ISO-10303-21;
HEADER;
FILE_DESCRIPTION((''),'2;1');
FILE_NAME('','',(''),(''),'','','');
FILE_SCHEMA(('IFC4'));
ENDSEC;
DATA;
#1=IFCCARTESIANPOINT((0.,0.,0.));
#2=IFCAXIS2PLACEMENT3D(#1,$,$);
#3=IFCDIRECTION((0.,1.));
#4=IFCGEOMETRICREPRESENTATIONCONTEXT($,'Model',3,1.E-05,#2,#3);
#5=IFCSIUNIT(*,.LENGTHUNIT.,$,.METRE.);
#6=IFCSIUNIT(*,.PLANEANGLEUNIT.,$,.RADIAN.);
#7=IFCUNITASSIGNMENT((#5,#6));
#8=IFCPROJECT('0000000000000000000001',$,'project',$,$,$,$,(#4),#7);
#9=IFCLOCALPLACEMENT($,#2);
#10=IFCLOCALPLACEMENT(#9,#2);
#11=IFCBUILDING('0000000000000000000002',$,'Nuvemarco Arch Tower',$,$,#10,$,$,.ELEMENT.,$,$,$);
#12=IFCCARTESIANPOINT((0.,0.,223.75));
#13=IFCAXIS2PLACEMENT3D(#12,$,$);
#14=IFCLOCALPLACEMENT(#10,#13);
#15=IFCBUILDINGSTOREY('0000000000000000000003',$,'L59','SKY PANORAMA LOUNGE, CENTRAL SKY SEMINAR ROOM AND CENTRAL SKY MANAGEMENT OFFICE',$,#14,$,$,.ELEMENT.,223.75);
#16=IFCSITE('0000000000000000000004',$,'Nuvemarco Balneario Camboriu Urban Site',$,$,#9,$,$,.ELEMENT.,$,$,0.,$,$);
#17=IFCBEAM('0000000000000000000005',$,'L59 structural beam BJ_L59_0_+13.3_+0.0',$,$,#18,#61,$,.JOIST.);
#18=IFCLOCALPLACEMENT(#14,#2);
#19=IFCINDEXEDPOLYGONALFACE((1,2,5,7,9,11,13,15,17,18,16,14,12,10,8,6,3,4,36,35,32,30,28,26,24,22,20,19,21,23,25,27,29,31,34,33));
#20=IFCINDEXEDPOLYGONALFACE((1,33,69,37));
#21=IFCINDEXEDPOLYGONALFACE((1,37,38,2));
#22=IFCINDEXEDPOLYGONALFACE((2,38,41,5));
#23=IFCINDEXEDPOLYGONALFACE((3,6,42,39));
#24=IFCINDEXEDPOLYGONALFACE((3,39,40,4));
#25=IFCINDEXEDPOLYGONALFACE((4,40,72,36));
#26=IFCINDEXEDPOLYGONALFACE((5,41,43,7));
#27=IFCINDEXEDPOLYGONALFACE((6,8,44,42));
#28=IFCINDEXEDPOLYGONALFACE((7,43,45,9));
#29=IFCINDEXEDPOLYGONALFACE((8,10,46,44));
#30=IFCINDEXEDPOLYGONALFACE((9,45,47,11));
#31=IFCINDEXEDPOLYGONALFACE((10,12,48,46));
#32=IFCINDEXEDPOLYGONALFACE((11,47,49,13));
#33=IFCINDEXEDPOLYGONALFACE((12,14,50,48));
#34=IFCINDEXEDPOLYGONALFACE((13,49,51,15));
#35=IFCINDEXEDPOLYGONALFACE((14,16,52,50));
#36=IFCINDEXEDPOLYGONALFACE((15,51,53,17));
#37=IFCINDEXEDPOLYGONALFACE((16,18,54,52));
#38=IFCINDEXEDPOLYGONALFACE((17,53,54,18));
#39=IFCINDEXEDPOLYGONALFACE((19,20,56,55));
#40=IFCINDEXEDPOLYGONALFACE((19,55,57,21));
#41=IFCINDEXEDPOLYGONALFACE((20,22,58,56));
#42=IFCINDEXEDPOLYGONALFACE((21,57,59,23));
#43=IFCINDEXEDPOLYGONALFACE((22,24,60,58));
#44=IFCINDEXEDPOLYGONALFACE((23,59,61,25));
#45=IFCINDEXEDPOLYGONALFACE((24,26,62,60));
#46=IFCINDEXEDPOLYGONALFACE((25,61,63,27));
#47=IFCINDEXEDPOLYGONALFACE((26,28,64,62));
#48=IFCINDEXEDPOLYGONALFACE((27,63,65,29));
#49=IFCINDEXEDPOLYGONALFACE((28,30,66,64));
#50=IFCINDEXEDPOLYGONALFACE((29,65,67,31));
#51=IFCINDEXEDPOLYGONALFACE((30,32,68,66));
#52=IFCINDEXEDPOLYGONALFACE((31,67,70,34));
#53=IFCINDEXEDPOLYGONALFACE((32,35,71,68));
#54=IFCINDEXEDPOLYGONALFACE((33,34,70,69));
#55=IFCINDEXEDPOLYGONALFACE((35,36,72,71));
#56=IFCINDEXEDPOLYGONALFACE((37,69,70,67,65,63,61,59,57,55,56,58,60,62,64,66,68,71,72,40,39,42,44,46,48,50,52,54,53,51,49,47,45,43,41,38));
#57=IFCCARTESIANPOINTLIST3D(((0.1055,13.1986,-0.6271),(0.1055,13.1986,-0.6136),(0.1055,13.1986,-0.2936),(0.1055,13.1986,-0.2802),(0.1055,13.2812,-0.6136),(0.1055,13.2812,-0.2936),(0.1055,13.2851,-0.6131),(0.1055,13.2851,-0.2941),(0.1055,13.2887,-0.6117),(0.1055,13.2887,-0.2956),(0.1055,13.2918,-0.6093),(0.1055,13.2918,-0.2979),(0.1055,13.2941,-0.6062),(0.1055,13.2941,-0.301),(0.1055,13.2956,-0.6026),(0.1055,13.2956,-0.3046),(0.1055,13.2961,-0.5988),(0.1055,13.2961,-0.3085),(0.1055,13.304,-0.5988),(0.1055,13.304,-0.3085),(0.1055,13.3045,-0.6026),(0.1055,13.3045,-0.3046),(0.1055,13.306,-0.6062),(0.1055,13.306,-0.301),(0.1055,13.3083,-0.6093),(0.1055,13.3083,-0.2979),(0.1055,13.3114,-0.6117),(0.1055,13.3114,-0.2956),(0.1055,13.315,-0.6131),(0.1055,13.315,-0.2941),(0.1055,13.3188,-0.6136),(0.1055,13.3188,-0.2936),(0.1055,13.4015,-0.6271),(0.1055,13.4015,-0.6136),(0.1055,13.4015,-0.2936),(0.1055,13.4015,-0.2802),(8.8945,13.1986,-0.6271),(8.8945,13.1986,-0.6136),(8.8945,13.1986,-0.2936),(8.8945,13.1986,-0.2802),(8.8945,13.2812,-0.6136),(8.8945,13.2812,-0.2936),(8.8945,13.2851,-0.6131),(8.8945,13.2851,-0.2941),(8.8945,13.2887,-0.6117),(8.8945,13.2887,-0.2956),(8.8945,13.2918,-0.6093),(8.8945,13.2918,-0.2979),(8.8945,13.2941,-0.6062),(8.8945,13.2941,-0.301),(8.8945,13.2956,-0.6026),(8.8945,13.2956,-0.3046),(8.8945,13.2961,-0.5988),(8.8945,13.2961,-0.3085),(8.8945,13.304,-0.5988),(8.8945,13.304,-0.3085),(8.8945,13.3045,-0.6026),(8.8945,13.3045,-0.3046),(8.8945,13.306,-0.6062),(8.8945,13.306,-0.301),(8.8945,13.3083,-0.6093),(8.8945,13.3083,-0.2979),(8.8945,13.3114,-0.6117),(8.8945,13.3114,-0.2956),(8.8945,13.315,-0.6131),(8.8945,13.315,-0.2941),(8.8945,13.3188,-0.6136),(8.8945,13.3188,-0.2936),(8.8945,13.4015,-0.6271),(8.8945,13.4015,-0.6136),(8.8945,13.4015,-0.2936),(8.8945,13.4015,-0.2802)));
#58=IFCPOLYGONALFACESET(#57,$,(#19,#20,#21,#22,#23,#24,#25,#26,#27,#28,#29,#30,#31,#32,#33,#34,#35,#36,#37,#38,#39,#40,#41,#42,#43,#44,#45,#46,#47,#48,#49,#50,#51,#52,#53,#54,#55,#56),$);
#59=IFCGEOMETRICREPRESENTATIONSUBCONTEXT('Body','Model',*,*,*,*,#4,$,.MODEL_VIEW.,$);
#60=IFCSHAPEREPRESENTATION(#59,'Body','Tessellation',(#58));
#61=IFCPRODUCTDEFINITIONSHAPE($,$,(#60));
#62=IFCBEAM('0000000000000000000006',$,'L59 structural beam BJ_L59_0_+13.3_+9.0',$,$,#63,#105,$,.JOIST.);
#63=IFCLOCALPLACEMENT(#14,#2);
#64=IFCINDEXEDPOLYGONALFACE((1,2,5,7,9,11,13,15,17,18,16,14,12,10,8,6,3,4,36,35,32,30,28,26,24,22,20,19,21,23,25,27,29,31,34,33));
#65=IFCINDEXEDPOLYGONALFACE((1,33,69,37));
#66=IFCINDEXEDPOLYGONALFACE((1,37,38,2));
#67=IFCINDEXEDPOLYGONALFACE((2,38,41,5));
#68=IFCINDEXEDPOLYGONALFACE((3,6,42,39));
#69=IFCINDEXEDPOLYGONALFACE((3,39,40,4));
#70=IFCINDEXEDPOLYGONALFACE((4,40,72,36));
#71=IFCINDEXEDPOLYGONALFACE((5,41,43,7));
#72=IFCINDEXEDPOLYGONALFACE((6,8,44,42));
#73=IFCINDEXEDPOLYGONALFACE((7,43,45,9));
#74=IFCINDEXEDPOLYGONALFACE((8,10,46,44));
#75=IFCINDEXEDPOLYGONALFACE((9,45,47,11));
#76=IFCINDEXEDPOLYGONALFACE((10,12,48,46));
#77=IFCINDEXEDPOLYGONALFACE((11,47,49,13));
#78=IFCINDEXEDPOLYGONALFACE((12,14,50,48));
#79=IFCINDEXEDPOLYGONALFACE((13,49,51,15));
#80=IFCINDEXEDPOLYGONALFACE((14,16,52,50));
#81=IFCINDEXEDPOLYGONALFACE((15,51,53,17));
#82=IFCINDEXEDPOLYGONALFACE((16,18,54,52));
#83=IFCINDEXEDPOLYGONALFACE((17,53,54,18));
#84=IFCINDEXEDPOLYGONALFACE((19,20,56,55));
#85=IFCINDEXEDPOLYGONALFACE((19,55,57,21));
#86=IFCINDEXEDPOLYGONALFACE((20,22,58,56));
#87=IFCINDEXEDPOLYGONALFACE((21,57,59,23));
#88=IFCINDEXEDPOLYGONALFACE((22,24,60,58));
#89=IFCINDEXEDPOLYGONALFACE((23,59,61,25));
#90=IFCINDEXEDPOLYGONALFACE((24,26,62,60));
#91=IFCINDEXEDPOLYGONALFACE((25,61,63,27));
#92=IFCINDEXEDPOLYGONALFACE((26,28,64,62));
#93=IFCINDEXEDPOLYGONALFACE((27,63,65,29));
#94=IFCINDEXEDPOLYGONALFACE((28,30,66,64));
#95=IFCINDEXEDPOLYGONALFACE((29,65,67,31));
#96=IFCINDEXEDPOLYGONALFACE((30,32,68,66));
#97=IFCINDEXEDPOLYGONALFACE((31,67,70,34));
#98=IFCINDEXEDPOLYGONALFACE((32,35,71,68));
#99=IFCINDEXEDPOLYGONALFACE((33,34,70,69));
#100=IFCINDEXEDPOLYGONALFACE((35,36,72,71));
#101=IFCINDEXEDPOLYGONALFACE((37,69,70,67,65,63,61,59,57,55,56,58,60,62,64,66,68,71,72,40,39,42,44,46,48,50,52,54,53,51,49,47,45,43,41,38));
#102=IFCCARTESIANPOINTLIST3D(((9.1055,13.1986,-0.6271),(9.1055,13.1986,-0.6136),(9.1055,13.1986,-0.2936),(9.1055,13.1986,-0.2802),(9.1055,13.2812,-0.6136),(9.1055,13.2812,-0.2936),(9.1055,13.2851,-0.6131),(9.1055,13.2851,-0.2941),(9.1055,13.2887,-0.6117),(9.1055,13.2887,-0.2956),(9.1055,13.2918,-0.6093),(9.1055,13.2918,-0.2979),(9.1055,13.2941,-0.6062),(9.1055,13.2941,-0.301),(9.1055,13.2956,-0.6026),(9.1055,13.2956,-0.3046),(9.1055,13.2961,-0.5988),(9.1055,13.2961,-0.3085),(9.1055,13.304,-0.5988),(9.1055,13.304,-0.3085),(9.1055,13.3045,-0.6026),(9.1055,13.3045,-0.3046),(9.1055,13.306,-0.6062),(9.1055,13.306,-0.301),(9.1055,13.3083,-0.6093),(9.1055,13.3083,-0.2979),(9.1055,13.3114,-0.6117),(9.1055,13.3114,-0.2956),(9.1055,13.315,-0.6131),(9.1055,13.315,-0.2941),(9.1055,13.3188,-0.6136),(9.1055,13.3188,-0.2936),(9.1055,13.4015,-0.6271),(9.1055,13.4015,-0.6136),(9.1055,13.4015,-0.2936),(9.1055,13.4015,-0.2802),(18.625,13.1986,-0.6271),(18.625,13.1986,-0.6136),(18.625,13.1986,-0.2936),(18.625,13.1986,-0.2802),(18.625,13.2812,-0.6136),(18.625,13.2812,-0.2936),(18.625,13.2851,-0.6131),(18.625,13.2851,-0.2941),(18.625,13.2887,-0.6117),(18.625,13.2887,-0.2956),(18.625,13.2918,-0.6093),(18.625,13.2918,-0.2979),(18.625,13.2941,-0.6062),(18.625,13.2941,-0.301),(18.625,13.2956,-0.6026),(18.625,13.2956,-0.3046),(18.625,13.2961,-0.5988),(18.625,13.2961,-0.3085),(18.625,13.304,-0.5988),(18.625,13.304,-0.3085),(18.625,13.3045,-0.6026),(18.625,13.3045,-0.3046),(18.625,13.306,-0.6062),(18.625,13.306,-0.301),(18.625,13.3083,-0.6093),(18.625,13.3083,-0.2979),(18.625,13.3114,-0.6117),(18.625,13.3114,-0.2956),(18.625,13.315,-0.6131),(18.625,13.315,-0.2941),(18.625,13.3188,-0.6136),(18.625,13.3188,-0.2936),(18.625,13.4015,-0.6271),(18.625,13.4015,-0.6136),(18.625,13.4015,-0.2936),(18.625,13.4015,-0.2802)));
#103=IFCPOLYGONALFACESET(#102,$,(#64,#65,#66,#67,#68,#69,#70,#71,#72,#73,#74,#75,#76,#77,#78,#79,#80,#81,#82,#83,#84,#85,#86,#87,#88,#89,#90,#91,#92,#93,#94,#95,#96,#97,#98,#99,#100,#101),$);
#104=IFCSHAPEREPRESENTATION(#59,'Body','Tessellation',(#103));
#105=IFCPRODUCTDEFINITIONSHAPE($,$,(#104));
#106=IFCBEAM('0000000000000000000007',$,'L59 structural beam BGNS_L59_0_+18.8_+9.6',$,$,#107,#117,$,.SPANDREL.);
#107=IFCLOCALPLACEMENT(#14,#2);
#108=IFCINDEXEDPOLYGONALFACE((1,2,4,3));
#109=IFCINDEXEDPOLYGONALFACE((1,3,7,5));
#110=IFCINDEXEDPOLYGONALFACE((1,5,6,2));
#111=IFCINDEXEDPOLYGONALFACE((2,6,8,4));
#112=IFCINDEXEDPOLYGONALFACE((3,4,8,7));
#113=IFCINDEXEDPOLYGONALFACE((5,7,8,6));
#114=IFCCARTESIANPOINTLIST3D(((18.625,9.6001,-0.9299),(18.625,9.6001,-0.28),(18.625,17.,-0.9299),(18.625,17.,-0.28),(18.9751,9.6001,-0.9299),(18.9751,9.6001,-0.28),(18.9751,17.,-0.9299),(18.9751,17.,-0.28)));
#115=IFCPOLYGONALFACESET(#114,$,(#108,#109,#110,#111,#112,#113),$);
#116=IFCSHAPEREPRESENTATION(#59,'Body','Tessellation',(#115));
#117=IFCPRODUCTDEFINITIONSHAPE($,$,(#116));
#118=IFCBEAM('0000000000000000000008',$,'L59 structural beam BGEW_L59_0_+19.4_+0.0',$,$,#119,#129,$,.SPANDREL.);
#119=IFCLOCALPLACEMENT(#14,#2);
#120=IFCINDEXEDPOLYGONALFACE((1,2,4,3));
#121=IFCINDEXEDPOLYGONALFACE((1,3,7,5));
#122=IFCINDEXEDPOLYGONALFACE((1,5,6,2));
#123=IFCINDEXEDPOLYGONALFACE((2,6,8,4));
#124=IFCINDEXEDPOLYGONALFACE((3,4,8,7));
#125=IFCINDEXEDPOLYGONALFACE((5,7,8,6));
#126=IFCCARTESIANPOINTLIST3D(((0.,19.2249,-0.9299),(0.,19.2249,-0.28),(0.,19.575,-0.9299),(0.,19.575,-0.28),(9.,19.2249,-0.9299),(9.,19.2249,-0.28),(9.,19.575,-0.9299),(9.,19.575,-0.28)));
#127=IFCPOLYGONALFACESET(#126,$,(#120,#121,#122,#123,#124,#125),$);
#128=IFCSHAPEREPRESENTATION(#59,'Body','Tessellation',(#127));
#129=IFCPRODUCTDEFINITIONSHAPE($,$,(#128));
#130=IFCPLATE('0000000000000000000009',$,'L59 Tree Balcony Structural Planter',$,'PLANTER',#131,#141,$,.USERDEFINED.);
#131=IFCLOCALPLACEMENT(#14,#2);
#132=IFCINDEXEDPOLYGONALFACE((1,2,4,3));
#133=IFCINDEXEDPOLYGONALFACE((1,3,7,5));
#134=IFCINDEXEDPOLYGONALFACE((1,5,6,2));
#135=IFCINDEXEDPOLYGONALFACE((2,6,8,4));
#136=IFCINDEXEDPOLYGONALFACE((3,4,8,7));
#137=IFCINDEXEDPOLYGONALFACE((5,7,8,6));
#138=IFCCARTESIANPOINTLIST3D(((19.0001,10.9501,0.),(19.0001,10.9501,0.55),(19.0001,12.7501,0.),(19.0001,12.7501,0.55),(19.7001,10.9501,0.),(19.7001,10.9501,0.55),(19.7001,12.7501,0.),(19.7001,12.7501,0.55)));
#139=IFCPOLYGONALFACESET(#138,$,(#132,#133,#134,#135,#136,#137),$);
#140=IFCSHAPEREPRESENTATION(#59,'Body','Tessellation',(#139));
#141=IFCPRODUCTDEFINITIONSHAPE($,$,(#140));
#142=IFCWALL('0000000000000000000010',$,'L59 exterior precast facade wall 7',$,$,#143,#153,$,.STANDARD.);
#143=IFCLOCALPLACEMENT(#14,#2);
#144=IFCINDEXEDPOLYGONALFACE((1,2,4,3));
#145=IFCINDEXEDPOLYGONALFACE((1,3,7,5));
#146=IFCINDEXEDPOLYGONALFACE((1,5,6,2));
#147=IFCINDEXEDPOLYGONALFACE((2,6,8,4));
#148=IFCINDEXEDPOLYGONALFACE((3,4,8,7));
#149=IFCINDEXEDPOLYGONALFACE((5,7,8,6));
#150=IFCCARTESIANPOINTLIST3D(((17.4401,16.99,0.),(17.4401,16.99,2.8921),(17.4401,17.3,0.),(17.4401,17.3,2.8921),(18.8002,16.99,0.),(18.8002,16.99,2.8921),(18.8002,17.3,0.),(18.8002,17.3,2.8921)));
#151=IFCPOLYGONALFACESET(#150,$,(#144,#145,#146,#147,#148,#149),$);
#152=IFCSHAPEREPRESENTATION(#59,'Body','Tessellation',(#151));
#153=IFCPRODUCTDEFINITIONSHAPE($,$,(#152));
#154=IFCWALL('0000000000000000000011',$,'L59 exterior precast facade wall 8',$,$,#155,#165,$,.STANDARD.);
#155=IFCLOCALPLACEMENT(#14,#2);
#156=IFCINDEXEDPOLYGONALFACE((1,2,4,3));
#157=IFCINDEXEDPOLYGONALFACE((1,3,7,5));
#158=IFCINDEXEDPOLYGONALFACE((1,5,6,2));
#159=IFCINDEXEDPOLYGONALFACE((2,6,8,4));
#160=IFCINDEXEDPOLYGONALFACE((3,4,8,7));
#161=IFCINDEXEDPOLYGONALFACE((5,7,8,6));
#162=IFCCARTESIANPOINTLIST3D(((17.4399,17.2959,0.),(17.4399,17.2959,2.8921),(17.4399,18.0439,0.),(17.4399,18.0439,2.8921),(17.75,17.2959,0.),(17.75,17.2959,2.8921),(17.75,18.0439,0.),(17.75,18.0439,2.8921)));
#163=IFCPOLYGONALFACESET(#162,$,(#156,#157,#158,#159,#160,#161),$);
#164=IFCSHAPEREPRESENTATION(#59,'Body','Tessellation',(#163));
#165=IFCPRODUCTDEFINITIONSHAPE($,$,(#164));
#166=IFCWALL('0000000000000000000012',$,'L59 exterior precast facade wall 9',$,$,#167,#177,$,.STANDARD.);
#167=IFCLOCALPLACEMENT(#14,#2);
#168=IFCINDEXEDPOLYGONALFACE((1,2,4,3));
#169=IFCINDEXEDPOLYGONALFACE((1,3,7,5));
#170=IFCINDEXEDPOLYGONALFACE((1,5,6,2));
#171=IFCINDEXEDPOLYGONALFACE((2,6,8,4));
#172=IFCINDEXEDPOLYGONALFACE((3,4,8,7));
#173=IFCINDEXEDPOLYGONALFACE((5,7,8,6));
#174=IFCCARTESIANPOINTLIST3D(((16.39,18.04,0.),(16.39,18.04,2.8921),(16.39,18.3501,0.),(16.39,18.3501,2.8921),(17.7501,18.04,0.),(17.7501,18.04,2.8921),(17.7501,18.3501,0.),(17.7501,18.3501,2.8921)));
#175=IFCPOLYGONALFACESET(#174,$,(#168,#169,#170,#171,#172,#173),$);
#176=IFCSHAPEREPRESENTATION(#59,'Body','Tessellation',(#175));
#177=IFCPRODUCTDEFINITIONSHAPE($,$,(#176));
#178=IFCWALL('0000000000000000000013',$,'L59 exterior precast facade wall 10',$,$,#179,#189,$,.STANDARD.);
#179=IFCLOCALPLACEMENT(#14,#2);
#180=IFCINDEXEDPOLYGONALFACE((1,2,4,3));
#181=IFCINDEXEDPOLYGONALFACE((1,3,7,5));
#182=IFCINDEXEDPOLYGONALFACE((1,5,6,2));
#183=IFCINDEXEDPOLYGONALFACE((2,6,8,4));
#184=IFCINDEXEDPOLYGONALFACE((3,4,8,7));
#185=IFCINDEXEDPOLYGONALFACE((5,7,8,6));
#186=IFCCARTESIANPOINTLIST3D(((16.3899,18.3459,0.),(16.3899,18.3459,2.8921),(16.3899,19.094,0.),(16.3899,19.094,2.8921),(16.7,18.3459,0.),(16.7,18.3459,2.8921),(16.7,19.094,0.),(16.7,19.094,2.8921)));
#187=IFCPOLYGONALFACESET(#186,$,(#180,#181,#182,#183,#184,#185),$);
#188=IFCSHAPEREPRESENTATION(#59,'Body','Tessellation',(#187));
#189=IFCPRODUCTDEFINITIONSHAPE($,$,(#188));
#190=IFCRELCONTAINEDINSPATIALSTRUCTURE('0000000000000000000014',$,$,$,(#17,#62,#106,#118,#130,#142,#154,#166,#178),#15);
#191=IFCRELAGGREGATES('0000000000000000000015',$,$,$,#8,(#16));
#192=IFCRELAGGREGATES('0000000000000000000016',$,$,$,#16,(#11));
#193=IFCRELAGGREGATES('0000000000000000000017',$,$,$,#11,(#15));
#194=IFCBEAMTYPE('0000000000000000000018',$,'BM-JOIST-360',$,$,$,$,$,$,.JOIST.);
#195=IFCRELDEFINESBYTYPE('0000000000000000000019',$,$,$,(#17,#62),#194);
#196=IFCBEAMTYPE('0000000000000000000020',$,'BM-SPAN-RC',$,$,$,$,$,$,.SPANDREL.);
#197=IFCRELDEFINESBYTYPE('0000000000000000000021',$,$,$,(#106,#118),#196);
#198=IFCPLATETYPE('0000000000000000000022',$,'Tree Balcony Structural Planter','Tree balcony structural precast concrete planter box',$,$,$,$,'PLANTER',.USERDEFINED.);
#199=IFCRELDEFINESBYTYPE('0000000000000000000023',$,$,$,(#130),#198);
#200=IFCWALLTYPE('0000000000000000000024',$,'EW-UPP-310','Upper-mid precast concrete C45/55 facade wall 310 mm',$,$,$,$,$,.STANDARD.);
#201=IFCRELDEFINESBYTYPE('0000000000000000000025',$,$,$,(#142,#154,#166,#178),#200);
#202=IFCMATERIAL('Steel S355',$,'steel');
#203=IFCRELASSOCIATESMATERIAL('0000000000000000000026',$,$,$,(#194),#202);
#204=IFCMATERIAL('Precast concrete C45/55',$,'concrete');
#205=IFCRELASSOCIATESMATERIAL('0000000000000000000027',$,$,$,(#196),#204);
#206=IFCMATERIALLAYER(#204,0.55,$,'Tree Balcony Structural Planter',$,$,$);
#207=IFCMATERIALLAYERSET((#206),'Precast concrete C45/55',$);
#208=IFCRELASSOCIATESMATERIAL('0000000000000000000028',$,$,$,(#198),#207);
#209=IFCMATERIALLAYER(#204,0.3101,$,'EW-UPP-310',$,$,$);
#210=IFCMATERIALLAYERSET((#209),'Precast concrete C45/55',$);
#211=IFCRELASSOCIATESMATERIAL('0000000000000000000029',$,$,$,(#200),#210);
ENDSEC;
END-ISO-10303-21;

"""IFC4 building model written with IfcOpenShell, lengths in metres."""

from ifc_helpers import new_model, si_unit, direction, frame, frame_2d, origin, origin_2d, place, context, subcontext, project, spatial, rectangle, i_section, extrude, source, transform, mapped, material, layer, layer_set, material_profile, profile_set, type_object, type_shapes, element, save


model = new_model("IFC4")

# Units and contexts
model_context = context("Model", 3, precision=1e-05, world=origin(), true_north=direction((0.0, 1.0)))
body_context = subcontext(model_context, "Body", "Model", "MODEL_VIEW")
ifc_project = project(units=[si_unit("LENGTHUNIT", "METRE"), si_unit("PLANEANGLEUNIT", "RADIAN")], contexts=[model_context])

# Site, building, storey
site_placement = place(None, origin())
site = spatial("IfcSite", under=ifc_project, at=site_placement, Name="Nuvemarco Balneario Camboriu Urban Site", CompositionType="ELEMENT", RefElevation=0.0)
building_placement = place(site_placement, origin())
building = spatial("IfcBuilding", under=site, at=building_placement, Name="Nuvemarco Arch Tower", CompositionType="ELEMENT")
storey_placement = place(building_placement, frame((0.0, 0.0, 223.75)))
storey = spatial("IfcBuildingStorey", under=building, at=storey_placement, Name="L59", Description="SKY PANORAMA LOUNGE, CENTRAL SKY SEMINAR ROOM AND CENTRAL SKY MANAGEMENT OFFICE", CompositionType="ELEMENT", Elevation=223.75)

# Shared definitions
ifc_material_1 = material(Name="Steel S355", Category="steel")

# Beams
ifc_material_profile_1 = material_profile(ifc_material_1, i_section(OverallWidth=0.2029, OverallDepth=0.3469, WebThickness=0.0078, FlangeThickness=0.0134, FilletRadius=0.0149, at=origin_2d()), Name="W360x64")
ifc_profile_set_1 = profile_set([ifc_material_profile_1], Name="Steel S355")
beam_type_1 = type_object("IfcBeamType", Name="BM-JOIST-360", PredefinedType="JOIST", material=ifc_profile_set_1)
beam_1_placement = place(storey_placement, frame((0.1055, 13.3, -0.4536), z_axis=(1.0, 0.0, 0.0), x_axis=(0.0, 1.0, 0.0)))
element("IfcBeam", 1, at=beam_1_placement, inside=storey, type_object=beam_type_1, Name="L59 structural beam BJ_L59_0_+13.3_+0.0", PredefinedType="JOIST", context=body_context, shape_type="SweptSolid", body=[
    extrude(i_section(OverallWidth=0.2029, OverallDepth=0.3469, WebThickness=0.0078, FlangeThickness=0.0134, FilletRadius=0.0149, at=origin_2d()), origin(), (0.0, 0.0, 1.0), 8.7891),
])
beam_2_placement = place(storey_placement, frame((9.1055, 13.3, -0.4536), z_axis=(1.0, 0.0, 0.0), x_axis=(0.0, 1.0, 0.0)))
element("IfcBeam", 2, at=beam_2_placement, inside=storey, type_object=beam_type_1, Name="L59 structural beam BJ_L59_0_+13.3_+9.0", PredefinedType="JOIST", context=body_context, shape_type="SweptSolid", body=[
    extrude(i_section(OverallWidth=0.2029, OverallDepth=0.3469, WebThickness=0.0078, FlangeThickness=0.0134, FilletRadius=0.0149, at=origin_2d()), origin(), (0.0, 0.0, 1.0), 9.5195),
])
ifc_material_2 = material(Name="Precast concrete C45/55", Category="concrete")
ifc_material_profile_2 = material_profile(ifc_material_2, rectangle(XDim=0.3501, YDim=0.6499, at=origin_2d()), Name="PC-SP-350x650")
ifc_profile_set_2 = profile_set([ifc_material_profile_2], Name="Precast concrete C45/55")
beam_type_2 = type_object("IfcBeamType", Name="BM-SPAN-RC", PredefinedType="SPANDREL", material=ifc_profile_set_2)
beam_3_placement = place(storey_placement, frame((18.8, 9.6001, -0.605), z_axis=(0.0, 1.0, 0.0), x_axis=(-1.0, 0.0, 0.0)))
element("IfcBeam", 3, at=beam_3_placement, inside=storey, type_object=beam_type_2, Name="L59 structural beam BGNS_L59_0_+18.8_+9.6", PredefinedType="SPANDREL", context=body_context, shape_type="SweptSolid", body=[
    extrude(rectangle(XDim=0.3501, YDim=0.6499, at=origin_2d()), origin(), (0.0, 0.0, 1.0), 7.3999),
])
beam_4_placement = place(storey_placement, frame((0.0, 19.3999, -0.605), z_axis=(1.0, 0.0, 0.0), x_axis=(0.0, 1.0, 0.0)))
element("IfcBeam", 4, at=beam_4_placement, inside=storey, type_object=beam_type_2, Name="L59 structural beam BGEW_L59_0_+19.4_+0.0", PredefinedType="SPANDREL", context=body_context, shape_type="SweptSolid", body=[
    extrude(rectangle(XDim=0.3501, YDim=0.6499, at=origin_2d()), origin(), (0.0, 0.0, 1.0), 9.0),
])

# Plate
ifc_layer_1 = layer(ifc_material_2, 0.55, Name="Tree Balcony Structural Planter")
ifc_layer_set_1 = layer_set([ifc_layer_1], Name="Precast concrete C45/55")
plate_type = type_object("IfcPlateType", Name="Tree Balcony Structural Planter", Description="Tree balcony structural precast concrete planter box", ElementType="PLANTER", PredefinedType="USERDEFINED", material=ifc_layer_set_1)
shared_shape_1 = source(origin(), body_context, "Body", "SweptSolid", [
    extrude(rectangle(XDim=1.8, YDim=0.7, at=origin_2d()), origin(), (0.0, 0.0, 1.0), 0.55),
])
type_shapes(plate_type, [shared_shape_1])
plate_placement = place(storey_placement, frame((19.3501, 11.8501, 0.0), z_axis=(0.0, 0.0, 1.0), x_axis=(0.0, 1.0, 0.0)))
element("IfcPlate", 5, at=plate_placement, inside=storey, type_object=plate_type, Name="L59 Tree Balcony Structural Planter", ObjectType="PLANTER", PredefinedType="USERDEFINED", context=body_context, shape_type="MappedRepresentation", body=[
    mapped(shared_shape_1, transform((0.0, 0.0, 0.0), scale=1.0)),
])

# Walls
ifc_layer_2 = layer(ifc_material_2, 0.3101, Name="EW-UPP-310")
ifc_layer_set_2 = layer_set([ifc_layer_2], Name="Precast concrete C45/55")
wall_type_1 = type_object("IfcWallType", Name="EW-UPP-310", Description="Upper-mid precast concrete C45/55 facade wall 310 mm", PredefinedType="STANDARD", material=ifc_layer_set_2)
wall_1_placement = place(storey_placement, frame((17.4399, 17.145, 0.0), z_axis=(0.0, 0.0, 1.0), x_axis=(1.0, 0.0, 0.0)))
element("IfcWall", 6, at=wall_1_placement, inside=storey, type_object=wall_type_1, Name="L59 exterior precast facade wall 7", PredefinedType="STANDARD", context=body_context, shape_type="SweptSolid", body=[
    extrude(rectangle(XDim=1.3601, YDim=0.3101, at=frame_2d((0.6802, 0.0))), origin(), (0.0, 0.0, 1.0), 2.8921),
])
wall_2_placement = place(storey_placement, frame((17.595, 17.2959, 0.0), z_axis=(0.0, 0.0, 1.0), x_axis=(0.0, 1.0, 0.0)))
element("IfcWall", 7, at=wall_2_placement, inside=storey, type_object=wall_type_1, Name="L59 exterior precast facade wall 8", PredefinedType="STANDARD", context=body_context, shape_type="SweptSolid", body=[
    extrude(rectangle(XDim=0.748, YDim=0.3101, at=frame_2d((0.374, 0.0))), origin(), (0.0, 0.0, 1.0), 2.8921),
])
wall_3_placement = place(storey_placement, frame((16.3899, 18.1951, 0.0), z_axis=(0.0, 0.0, 1.0), x_axis=(1.0, 0.0, 0.0)))
element("IfcWall", 8, at=wall_3_placement, inside=storey, type_object=wall_type_1, Name="L59 exterior precast facade wall 9", PredefinedType="STANDARD", context=body_context, shape_type="SweptSolid", body=[
    extrude(rectangle(XDim=1.3601, YDim=0.3101, at=frame_2d((0.6802, 0.0))), origin(), (0.0, 0.0, 1.0), 2.8921),
])
wall_4_placement = place(storey_placement, frame((16.5449, 18.3459, 0.0), z_axis=(0.0, 0.0, 1.0), x_axis=(0.0, 1.0, 0.0)))
element("IfcWall", 9, at=wall_4_placement, inside=storey, type_object=wall_type_1, Name="L59 exterior precast facade wall 10", PredefinedType="STANDARD", context=body_context, shape_type="SweptSolid", body=[
    extrude(rectangle(XDim=0.748, YDim=0.3101, at=frame_2d((0.374, 0.0))), origin(), (0.0, 0.0, 1.0), 2.8921),
])

save(model, "model.ifc")
